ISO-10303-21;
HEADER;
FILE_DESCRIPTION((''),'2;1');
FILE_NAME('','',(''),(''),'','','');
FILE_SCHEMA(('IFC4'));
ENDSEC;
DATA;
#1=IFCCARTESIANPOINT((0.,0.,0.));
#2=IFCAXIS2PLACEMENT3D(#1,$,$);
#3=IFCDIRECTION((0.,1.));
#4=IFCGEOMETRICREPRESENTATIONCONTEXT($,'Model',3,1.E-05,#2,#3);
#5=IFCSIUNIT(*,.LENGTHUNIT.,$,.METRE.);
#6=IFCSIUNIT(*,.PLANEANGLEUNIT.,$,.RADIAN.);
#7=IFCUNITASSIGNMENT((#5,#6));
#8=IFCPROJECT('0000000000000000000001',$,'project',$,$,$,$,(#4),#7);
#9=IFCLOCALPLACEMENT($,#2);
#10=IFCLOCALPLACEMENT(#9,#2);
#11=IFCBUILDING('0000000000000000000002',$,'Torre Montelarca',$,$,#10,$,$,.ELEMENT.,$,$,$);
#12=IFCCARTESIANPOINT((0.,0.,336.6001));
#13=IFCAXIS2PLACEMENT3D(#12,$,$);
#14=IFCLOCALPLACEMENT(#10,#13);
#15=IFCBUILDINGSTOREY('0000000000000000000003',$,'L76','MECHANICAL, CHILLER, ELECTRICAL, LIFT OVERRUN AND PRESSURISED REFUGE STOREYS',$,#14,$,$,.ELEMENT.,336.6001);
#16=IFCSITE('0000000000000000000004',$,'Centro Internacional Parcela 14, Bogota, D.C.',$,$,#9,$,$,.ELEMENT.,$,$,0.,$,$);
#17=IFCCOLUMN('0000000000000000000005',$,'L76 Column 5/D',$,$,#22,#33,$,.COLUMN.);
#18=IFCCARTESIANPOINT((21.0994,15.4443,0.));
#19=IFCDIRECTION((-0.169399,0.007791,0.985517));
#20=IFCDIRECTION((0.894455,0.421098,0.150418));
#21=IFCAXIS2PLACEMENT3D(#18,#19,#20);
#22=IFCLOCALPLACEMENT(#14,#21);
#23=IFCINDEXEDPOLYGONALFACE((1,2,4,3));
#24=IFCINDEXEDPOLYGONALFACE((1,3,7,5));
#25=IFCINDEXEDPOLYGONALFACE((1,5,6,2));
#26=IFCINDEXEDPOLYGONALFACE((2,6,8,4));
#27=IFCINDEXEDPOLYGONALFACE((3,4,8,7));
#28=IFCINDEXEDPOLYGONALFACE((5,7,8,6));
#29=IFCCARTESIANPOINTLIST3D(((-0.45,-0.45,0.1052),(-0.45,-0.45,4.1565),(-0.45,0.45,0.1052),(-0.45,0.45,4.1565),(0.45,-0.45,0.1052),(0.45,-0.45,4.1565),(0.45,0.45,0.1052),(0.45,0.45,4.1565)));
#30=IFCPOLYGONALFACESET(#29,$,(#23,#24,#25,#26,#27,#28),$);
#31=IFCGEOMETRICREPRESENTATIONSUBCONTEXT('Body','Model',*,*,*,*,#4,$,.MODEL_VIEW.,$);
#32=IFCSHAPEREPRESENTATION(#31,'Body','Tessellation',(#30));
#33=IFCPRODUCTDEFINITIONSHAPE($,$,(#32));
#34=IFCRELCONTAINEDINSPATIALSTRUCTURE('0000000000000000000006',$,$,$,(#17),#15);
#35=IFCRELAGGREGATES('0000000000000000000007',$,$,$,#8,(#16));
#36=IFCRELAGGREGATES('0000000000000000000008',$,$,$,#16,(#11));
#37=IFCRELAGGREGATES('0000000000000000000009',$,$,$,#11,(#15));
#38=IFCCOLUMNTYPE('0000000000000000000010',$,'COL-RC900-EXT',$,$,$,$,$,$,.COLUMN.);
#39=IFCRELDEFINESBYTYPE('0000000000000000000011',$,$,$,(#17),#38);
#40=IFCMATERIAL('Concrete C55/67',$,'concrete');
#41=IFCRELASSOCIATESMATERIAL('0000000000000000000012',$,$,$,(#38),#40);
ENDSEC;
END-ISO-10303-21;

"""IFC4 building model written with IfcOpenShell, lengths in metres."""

from ifc_helpers import new_model, si_unit, direction, frame, origin, origin_2d, place, context, subcontext, project, spatial, rectangle, extrude, clip, halfspace, material, material_profile, profile_set, type_object, element, save


model = new_model("IFC4")

# Units and contexts
model_context = context("Model", 3, precision=1e-05, world=origin(), true_north=direction((0.0, 1.0)))
body_context = subcontext(model_context, "Body", "Model", "MODEL_VIEW")
ifc_project = project(units=[si_unit("LENGTHUNIT", "METRE"), si_unit("PLANEANGLEUNIT", "RADIAN")], contexts=[model_context])

# Site, building, storey
site_placement = place(None, origin())
site = spatial("IfcSite", under=ifc_project, at=site_placement, Name="Centro Internacional Parcela 14, Bogota, D.C.", CompositionType="ELEMENT", RefElevation=0.0)
building_placement = place(site_placement, origin())
building = spatial("IfcBuilding", under=site, at=building_placement, Name="Torre Montelarca", CompositionType="ELEMENT")
storey_placement = place(building_placement, frame((0.0, 0.0, 336.6001)))
storey = spatial("IfcBuildingStorey", under=building, at=storey_placement, Name="L76", Description="MECHANICAL, CHILLER, ELECTRICAL, LIFT OVERRUN AND PRESSURISED REFUGE STOREYS", CompositionType="ELEMENT", Elevation=336.6001)

# Column
ifc_material_1 = material(Name="Concrete C55/67", Category="concrete")
ifc_material_profile_1 = material_profile(ifc_material_1, rectangle(XDim=0.8999, YDim=0.8999, at=origin_2d()), Name="RC900X900", Category="concrete")
ifc_profile_set_1 = profile_set([ifc_material_profile_1], Name="Concrete C55/67")
column_type_1 = type_object("IfcColumnType", Name="COL-RC900-EXT", PredefinedType="COLUMN", material=ifc_profile_set_1)
column_1_placement = place(storey_placement, frame((21.0994, 15.4443, 0.0), z_axis=(-0.169399, 0.007791, 0.985517), x_axis=(0.894455, 0.421098, 0.150418)))
element("IfcColumn", 1, at=column_1_placement, inside=storey, type_object=column_type_1, Name="L76 Column 5/D", PredefinedType="COLUMN", context=body_context, shape_type="Clipping", body=[
    clip(clip(extrude(rectangle(XDim=0.8999, YDim=0.8999, at=origin_2d()), origin(), (0.0, 0.0, 1.0), 4.2617), halfspace(frame((0.0, 0.0, 0.1052), z_axis=(0.0, 0.0, -1.0), x_axis=(1.0, 0.0, 0.0)), False)), halfspace(frame((0.0, 0.0, 4.1565), z_axis=(0.0, 0.0, 1.0), x_axis=(1.0, 0.0, 0.0)), False)),
])

save(model, "model.ifc")
